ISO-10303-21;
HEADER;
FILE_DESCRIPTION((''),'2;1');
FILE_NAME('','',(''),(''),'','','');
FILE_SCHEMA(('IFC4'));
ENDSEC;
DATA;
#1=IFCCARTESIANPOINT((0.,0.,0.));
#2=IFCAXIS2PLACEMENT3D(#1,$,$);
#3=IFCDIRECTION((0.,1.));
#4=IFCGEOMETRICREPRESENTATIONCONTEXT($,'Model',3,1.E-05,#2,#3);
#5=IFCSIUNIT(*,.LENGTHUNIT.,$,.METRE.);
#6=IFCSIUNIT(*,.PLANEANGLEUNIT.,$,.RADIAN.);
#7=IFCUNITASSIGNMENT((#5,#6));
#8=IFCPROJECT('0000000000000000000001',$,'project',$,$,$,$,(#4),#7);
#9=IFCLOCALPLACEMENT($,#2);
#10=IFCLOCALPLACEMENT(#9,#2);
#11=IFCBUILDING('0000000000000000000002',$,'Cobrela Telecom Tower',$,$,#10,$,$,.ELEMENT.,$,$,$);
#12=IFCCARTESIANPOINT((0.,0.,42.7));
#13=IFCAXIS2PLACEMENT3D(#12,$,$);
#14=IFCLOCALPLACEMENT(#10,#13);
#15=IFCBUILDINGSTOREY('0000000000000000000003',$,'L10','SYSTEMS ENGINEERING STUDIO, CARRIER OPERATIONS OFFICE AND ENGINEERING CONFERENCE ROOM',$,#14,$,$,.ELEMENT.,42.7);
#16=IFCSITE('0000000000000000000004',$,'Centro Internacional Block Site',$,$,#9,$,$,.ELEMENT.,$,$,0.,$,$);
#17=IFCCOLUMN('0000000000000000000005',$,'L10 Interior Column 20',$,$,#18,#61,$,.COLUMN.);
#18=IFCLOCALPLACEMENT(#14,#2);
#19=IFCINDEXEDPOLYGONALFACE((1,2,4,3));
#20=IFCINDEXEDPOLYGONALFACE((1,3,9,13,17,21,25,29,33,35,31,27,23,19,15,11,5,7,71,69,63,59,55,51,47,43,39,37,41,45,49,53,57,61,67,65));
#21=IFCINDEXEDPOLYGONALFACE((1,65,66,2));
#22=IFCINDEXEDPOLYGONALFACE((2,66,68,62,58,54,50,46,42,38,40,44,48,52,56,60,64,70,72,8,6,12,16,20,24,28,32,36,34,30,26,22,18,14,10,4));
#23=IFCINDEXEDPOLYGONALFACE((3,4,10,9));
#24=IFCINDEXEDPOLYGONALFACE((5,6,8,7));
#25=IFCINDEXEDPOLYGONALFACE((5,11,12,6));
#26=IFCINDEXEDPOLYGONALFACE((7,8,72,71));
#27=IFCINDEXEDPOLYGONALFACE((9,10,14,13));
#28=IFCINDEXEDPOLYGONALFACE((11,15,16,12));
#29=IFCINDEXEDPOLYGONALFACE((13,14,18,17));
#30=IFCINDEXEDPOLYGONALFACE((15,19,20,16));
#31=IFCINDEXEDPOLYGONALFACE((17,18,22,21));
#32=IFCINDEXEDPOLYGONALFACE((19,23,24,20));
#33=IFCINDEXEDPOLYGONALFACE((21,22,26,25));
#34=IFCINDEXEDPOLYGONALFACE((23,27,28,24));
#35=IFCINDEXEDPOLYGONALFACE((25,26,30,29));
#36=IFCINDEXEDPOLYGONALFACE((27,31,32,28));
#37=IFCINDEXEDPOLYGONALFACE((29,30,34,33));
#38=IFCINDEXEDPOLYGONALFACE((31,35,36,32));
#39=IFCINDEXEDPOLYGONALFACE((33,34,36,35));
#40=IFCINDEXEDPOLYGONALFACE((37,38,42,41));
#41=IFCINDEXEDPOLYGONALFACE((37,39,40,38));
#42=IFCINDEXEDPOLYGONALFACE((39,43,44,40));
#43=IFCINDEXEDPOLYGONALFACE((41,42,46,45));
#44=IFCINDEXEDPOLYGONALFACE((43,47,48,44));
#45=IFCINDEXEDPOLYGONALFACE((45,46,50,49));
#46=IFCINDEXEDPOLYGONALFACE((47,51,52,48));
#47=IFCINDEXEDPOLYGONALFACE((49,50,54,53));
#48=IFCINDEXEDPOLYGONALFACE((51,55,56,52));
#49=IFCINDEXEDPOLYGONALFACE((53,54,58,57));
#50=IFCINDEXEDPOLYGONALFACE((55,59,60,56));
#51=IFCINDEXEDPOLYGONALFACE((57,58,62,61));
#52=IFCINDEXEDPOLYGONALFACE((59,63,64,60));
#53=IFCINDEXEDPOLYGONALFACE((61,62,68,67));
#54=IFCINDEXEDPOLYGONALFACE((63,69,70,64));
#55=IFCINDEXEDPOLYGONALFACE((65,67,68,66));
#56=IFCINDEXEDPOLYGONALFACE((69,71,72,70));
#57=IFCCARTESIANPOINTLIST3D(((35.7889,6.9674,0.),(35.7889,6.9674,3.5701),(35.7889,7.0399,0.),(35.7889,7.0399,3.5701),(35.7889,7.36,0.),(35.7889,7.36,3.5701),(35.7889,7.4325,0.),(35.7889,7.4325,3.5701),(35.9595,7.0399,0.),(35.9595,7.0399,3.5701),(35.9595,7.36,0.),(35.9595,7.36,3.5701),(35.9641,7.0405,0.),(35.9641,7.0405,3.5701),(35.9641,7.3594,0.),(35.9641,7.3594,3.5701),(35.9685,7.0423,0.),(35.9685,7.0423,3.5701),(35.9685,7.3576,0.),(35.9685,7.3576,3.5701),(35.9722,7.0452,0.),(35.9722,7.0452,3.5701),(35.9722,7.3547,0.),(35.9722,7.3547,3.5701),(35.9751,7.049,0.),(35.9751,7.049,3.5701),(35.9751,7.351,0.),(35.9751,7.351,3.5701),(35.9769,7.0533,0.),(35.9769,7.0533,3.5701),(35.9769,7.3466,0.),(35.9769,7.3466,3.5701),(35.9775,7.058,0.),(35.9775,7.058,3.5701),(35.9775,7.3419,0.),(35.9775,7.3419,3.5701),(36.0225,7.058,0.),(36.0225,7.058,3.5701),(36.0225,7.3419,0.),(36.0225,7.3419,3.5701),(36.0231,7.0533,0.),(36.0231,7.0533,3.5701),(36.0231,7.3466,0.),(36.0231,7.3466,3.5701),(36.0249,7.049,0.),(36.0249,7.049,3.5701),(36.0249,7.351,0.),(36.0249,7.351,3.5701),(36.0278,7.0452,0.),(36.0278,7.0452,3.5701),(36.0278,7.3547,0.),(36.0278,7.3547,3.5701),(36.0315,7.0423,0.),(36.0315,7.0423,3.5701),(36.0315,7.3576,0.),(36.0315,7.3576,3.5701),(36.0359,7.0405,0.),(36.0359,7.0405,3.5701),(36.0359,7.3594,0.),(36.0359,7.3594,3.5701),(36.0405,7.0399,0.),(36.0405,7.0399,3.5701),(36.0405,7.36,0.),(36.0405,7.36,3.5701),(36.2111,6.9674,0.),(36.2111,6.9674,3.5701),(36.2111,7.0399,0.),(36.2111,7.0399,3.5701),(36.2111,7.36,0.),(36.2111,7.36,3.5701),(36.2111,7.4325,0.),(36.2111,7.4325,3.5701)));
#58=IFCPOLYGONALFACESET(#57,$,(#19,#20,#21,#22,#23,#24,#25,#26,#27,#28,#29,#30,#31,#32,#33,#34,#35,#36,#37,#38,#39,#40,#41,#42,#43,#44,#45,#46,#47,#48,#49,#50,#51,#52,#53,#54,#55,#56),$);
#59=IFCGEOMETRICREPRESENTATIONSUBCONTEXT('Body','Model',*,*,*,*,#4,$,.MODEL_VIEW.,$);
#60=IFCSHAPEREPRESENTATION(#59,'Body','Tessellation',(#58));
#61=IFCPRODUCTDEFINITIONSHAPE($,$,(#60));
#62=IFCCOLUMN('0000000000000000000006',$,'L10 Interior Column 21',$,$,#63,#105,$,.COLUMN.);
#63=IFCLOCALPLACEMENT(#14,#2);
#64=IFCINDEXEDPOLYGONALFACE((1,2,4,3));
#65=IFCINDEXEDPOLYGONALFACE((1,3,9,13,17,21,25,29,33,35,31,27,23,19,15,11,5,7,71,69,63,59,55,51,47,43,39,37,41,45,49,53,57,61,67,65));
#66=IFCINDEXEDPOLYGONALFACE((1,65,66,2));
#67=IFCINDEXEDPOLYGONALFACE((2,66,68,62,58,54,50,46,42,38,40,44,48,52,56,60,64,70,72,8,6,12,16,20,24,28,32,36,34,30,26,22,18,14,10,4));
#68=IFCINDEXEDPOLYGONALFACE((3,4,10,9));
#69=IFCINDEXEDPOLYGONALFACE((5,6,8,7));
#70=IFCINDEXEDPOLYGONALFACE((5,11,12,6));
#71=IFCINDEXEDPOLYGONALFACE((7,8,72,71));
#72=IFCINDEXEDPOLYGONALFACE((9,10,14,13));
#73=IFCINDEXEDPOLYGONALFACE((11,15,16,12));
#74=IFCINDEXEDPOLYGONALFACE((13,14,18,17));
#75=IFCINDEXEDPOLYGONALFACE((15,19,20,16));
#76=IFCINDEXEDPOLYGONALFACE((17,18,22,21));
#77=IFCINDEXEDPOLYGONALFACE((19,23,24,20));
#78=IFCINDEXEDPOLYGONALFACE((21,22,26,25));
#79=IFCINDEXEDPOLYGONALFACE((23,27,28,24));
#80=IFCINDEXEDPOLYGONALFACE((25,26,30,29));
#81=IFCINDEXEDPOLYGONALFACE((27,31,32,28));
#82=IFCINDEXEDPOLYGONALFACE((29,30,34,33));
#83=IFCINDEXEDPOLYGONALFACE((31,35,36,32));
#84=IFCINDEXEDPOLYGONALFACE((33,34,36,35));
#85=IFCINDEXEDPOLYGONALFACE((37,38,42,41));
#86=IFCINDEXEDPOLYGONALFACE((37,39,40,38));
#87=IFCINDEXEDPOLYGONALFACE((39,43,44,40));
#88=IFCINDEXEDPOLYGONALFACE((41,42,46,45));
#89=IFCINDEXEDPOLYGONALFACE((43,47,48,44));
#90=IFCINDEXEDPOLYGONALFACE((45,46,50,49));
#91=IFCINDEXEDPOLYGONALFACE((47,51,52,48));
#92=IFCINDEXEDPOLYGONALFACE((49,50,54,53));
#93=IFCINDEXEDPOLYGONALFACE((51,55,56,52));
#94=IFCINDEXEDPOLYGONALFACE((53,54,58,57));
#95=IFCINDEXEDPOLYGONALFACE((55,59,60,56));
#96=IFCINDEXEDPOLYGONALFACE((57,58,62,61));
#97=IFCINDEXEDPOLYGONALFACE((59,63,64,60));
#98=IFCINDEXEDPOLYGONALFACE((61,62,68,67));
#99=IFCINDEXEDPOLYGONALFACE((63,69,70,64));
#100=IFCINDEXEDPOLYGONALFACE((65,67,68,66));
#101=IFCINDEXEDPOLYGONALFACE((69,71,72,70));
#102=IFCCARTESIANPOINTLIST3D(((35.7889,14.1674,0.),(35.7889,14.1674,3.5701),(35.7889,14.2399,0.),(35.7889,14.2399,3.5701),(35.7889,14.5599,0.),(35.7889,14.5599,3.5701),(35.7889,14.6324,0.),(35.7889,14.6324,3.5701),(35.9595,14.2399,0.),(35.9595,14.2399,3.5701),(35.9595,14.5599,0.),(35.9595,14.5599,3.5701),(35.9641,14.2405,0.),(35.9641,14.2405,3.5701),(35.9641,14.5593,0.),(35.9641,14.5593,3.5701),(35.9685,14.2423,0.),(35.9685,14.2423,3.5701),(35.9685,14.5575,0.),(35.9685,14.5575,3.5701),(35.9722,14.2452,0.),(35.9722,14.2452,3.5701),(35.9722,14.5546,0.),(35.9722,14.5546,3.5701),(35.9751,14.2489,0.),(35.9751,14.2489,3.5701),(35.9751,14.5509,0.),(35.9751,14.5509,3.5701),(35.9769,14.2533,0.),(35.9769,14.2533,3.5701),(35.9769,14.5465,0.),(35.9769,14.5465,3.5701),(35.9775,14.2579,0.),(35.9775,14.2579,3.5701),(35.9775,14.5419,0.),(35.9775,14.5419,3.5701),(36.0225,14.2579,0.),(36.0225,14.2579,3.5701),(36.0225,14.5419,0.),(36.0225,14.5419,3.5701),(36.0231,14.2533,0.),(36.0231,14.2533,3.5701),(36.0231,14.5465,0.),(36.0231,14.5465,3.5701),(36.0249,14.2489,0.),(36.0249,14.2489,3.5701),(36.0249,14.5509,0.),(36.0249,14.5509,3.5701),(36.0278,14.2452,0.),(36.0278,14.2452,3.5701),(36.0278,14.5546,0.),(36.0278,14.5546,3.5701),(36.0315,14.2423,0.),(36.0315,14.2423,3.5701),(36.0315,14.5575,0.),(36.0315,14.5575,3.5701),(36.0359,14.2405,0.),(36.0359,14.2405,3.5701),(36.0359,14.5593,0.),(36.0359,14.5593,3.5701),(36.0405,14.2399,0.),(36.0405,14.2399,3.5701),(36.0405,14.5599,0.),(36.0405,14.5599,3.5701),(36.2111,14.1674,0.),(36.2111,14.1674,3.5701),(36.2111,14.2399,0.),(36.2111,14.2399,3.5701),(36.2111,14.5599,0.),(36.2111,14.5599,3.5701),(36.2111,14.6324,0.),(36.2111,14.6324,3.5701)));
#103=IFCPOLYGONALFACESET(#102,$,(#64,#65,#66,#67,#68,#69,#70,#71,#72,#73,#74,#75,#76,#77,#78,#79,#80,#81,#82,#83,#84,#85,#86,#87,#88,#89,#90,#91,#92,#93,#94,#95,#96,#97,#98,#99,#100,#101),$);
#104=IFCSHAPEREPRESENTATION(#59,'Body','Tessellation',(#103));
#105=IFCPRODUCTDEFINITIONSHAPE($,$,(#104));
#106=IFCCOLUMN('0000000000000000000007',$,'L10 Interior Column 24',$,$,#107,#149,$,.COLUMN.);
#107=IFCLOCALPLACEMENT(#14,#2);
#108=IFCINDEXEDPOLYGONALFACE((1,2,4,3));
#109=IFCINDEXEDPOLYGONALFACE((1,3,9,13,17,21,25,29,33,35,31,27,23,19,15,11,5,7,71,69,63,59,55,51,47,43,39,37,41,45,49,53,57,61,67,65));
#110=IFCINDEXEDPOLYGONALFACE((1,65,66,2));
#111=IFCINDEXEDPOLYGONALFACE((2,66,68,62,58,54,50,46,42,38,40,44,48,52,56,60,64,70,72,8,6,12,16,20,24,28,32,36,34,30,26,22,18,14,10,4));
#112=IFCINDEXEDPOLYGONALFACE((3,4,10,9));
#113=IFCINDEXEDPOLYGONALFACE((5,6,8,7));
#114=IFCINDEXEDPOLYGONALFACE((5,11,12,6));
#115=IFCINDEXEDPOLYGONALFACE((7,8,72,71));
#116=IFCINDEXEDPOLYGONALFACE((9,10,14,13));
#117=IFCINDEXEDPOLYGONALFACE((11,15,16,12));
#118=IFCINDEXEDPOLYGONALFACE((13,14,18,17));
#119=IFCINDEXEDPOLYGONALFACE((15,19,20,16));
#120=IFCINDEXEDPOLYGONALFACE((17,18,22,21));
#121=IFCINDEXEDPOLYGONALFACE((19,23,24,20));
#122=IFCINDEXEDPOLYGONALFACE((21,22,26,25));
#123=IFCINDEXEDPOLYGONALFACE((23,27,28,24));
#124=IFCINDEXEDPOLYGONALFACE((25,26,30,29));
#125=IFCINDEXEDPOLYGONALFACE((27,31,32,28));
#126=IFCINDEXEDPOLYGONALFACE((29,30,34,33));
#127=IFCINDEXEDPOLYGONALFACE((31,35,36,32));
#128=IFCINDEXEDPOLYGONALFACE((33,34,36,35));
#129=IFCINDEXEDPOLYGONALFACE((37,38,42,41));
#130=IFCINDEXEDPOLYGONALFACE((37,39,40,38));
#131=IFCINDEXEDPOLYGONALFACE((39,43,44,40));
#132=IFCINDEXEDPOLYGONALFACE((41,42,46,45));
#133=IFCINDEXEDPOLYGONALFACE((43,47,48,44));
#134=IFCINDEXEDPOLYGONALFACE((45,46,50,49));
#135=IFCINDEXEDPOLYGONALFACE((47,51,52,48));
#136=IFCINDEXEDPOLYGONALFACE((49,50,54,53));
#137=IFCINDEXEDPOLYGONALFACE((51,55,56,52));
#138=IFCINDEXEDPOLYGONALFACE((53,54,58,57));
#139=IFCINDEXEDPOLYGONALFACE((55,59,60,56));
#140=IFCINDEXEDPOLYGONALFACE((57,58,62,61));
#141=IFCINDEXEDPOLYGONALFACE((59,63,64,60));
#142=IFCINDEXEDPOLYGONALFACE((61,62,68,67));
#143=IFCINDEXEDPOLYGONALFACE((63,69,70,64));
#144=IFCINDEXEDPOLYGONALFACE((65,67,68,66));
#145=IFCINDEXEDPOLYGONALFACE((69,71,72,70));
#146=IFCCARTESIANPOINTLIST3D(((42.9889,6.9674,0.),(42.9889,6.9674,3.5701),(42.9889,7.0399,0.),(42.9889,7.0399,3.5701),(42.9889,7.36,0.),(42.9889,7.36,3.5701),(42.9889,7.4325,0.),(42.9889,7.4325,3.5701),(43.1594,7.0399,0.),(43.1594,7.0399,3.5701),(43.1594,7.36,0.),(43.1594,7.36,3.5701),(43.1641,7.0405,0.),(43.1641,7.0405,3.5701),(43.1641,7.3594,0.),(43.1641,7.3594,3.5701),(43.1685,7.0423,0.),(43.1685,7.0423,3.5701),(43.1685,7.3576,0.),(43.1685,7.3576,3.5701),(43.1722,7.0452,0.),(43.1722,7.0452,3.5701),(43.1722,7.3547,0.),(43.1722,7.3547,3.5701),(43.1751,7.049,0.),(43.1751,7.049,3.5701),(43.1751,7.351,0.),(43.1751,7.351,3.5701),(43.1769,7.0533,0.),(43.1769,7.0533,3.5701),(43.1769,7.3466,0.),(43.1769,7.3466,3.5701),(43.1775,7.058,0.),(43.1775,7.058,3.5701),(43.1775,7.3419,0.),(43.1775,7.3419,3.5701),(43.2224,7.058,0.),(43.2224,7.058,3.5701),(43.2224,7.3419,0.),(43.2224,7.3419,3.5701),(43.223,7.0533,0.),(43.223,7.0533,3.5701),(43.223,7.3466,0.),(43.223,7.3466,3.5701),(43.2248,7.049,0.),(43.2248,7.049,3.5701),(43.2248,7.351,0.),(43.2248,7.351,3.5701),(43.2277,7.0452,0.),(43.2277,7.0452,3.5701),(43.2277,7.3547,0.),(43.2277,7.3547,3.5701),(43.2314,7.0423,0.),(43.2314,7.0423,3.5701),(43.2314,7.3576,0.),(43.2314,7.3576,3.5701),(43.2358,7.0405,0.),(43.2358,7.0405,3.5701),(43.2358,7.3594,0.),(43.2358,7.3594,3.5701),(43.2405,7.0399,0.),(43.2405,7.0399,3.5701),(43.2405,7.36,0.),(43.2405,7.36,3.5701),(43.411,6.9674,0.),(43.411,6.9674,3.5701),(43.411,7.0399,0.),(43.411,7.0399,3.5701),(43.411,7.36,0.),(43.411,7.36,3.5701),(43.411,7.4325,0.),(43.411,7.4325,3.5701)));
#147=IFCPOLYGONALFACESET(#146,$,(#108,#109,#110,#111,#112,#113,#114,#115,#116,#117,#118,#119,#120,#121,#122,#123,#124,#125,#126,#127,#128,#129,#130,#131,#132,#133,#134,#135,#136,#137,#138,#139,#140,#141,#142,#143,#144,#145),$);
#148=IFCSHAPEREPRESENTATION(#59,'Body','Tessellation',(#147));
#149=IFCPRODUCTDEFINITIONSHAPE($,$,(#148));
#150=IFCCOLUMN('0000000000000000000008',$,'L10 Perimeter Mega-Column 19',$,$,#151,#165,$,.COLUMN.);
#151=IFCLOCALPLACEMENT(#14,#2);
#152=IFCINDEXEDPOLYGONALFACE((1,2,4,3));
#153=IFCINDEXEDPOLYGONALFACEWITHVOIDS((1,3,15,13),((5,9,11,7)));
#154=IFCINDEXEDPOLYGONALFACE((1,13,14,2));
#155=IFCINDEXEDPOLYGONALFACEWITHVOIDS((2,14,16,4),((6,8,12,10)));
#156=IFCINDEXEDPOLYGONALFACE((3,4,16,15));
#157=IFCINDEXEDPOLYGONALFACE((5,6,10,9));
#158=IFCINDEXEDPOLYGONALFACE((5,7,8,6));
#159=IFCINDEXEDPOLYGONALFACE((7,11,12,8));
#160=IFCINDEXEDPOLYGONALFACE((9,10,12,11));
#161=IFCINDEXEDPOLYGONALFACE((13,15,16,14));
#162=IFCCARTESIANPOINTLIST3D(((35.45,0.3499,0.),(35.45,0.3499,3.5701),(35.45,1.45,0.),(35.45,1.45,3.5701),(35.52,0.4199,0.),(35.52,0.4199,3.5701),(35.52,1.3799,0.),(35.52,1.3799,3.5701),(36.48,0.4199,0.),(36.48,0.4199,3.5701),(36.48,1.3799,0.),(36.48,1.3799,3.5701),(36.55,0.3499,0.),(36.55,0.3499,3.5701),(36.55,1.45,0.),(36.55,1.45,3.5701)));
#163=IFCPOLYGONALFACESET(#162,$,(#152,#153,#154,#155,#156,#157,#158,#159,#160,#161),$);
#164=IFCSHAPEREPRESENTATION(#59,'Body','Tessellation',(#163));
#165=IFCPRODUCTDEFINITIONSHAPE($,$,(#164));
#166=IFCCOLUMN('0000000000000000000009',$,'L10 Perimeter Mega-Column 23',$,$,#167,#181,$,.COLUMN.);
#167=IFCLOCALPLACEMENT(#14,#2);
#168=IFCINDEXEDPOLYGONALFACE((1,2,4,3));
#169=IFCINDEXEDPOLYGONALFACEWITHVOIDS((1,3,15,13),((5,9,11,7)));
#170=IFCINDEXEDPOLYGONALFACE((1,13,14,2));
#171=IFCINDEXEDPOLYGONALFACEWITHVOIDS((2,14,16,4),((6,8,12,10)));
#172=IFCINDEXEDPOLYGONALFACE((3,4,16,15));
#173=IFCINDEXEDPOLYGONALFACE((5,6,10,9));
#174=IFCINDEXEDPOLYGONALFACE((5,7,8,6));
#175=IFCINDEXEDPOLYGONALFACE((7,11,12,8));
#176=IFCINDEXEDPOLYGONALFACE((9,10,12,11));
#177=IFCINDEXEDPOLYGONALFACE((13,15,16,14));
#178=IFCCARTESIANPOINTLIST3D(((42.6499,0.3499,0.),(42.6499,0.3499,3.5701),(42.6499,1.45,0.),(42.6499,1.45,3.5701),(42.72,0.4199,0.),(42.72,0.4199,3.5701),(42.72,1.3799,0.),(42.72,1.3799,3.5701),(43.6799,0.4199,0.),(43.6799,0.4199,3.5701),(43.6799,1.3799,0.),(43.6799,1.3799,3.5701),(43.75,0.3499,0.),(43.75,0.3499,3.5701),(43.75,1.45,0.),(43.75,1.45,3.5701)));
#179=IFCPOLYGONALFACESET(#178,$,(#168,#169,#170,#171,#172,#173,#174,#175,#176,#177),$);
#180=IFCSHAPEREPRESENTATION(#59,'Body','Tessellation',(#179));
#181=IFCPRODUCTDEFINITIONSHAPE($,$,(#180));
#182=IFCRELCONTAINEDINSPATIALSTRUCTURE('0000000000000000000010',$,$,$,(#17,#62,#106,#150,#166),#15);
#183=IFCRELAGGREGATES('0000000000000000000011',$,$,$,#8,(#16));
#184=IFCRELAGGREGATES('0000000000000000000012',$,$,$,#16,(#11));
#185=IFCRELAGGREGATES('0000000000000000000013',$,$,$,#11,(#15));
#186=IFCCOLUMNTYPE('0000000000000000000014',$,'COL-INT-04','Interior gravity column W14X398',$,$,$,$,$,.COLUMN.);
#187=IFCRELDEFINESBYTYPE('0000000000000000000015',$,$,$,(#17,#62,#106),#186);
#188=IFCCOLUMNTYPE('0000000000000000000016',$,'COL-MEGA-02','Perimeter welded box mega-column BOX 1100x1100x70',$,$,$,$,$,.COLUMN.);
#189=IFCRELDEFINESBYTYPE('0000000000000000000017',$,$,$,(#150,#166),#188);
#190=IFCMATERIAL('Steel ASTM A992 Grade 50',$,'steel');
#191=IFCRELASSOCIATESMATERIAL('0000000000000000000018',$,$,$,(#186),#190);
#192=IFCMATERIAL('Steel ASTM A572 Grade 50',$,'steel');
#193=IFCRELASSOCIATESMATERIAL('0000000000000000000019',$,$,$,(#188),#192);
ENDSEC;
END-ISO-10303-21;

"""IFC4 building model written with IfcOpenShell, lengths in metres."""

from ifc_helpers import new_model, si_unit, direction, frame, origin, origin_2d, place, context, subcontext, project, spatial, hollow_rectangle, i_section, extrude, material, material_profile, profile_set, type_object, element, save


model = new_model("IFC4")

# Units and contexts
model_context = context("Model", 3, precision=1e-05, world=origin(), true_north=direction((0.0, 1.0)))
body_context = subcontext(model_context, "Body", "Model", "MODEL_VIEW")
ifc_project = project(units=[si_unit("LENGTHUNIT", "METRE"), si_unit("PLANEANGLEUNIT", "RADIAN")], contexts=[model_context])

# Site, building, storey
site_placement = place(None, origin())
site = spatial("IfcSite", under=ifc_project, at=site_placement, Name="Centro Internacional Block Site", CompositionType="ELEMENT", RefElevation=0.0)
building_placement = place(site_placement, origin())
building = spatial("IfcBuilding", under=site, at=building_placement, Name="Cobrela Telecom Tower", CompositionType="ELEMENT")
storey_placement = place(building_placement, frame((0.0, 0.0, 42.7)))
storey = spatial("IfcBuildingStorey", under=building, at=storey_placement, Name="L10", Description="SYSTEMS ENGINEERING STUDIO, CARRIER OPERATIONS OFFICE AND ENGINEERING CONFERENCE ROOM", CompositionType="ELEMENT", Elevation=42.7)

# Columns
ifc_material_1 = material(Name="Steel ASTM A992 Grade 50", Category="steel")
ifc_material_profile_1 = material_profile(ifc_material_1, i_section(OverallWidth=0.4221, OverallDepth=0.4651, WebThickness=0.0449, FlangeThickness=0.0725, FilletRadius=0.0181, at=origin_2d()), Name="W14X398")
ifc_profile_set_1 = profile_set([ifc_material_profile_1], Name="Steel ASTM A992 Grade 50")
column_type_1 = type_object("IfcColumnType", Name="COL-INT-04", Description="Interior gravity column W14X398", PredefinedType="COLUMN", material=ifc_profile_set_1)
for number, where, z_axis, x_axis, name in (
    (1, (36.0, 7.2, 0.0), (0.0, 0.0, 1.0), (1.0, 0.0, 0.0), "L10 Interior Column 20"),
    (2, (36.0, 14.3999, 0.0), (0.0, 0.0, 1.0), (1.0, 0.0, 0.0), "L10 Interior Column 21"),
    (3, (43.2, 7.2, 0.0), (0.0, 0.0, 1.0), (1.0, 0.0, 0.0), "L10 Interior Column 24"),
):
    element("IfcColumn", number, at=place(storey_placement, frame(where, z_axis=z_axis, x_axis=x_axis)), inside=storey, type_object=column_type_1, Name=name, PredefinedType="COLUMN", context=body_context, shape_type="SweptSolid", body=[
        extrude(i_section(OverallWidth=0.4221, OverallDepth=0.4651, WebThickness=0.0449, FlangeThickness=0.0725, FilletRadius=0.0181, at=origin_2d()), origin(), (0.0, 0.0, 1.0), 3.5701),
    ])
ifc_material_2 = material(Name="Steel ASTM A572 Grade 50", Category="steel")
ifc_material_profile_2 = material_profile(ifc_material_2, hollow_rectangle(XDim=1.1001, YDim=1.1001, WallThickness=0.0701, at=origin_2d()), Name="BOX 1100x1100x70")
ifc_profile_set_2 = profile_set([ifc_material_profile_2], Name="Steel ASTM A572 Grade 50")
column_type_2 = type_object("IfcColumnType", Name="COL-MEGA-02", Description="Perimeter welded box mega-column BOX 1100x1100x70", PredefinedType="COLUMN", material=ifc_profile_set_2)
for number, where, z_axis, x_axis, name in (
    (4, (36.0, 0.8999, 0.0), (0.0, 0.0, 1.0), (1.0, 0.0, 0.0), "L10 Perimeter Mega-Column 19"),
    (5, (43.2, 0.8999, 0.0), (0.0, 0.0, 1.0), (1.0, 0.0, 0.0), "L10 Perimeter Mega-Column 23"),
):
    element("IfcColumn", number, at=place(storey_placement, frame(where, z_axis=z_axis, x_axis=x_axis)), inside=storey, type_object=column_type_2, Name=name, PredefinedType="COLUMN", context=body_context, shape_type="SweptSolid", body=[
        extrude(hollow_rectangle(XDim=1.1001, YDim=1.1001, WallThickness=0.0701, at=origin_2d()), origin(), (0.0, 0.0, 1.0), 3.5701),
    ])

save(model, "model.ifc")
